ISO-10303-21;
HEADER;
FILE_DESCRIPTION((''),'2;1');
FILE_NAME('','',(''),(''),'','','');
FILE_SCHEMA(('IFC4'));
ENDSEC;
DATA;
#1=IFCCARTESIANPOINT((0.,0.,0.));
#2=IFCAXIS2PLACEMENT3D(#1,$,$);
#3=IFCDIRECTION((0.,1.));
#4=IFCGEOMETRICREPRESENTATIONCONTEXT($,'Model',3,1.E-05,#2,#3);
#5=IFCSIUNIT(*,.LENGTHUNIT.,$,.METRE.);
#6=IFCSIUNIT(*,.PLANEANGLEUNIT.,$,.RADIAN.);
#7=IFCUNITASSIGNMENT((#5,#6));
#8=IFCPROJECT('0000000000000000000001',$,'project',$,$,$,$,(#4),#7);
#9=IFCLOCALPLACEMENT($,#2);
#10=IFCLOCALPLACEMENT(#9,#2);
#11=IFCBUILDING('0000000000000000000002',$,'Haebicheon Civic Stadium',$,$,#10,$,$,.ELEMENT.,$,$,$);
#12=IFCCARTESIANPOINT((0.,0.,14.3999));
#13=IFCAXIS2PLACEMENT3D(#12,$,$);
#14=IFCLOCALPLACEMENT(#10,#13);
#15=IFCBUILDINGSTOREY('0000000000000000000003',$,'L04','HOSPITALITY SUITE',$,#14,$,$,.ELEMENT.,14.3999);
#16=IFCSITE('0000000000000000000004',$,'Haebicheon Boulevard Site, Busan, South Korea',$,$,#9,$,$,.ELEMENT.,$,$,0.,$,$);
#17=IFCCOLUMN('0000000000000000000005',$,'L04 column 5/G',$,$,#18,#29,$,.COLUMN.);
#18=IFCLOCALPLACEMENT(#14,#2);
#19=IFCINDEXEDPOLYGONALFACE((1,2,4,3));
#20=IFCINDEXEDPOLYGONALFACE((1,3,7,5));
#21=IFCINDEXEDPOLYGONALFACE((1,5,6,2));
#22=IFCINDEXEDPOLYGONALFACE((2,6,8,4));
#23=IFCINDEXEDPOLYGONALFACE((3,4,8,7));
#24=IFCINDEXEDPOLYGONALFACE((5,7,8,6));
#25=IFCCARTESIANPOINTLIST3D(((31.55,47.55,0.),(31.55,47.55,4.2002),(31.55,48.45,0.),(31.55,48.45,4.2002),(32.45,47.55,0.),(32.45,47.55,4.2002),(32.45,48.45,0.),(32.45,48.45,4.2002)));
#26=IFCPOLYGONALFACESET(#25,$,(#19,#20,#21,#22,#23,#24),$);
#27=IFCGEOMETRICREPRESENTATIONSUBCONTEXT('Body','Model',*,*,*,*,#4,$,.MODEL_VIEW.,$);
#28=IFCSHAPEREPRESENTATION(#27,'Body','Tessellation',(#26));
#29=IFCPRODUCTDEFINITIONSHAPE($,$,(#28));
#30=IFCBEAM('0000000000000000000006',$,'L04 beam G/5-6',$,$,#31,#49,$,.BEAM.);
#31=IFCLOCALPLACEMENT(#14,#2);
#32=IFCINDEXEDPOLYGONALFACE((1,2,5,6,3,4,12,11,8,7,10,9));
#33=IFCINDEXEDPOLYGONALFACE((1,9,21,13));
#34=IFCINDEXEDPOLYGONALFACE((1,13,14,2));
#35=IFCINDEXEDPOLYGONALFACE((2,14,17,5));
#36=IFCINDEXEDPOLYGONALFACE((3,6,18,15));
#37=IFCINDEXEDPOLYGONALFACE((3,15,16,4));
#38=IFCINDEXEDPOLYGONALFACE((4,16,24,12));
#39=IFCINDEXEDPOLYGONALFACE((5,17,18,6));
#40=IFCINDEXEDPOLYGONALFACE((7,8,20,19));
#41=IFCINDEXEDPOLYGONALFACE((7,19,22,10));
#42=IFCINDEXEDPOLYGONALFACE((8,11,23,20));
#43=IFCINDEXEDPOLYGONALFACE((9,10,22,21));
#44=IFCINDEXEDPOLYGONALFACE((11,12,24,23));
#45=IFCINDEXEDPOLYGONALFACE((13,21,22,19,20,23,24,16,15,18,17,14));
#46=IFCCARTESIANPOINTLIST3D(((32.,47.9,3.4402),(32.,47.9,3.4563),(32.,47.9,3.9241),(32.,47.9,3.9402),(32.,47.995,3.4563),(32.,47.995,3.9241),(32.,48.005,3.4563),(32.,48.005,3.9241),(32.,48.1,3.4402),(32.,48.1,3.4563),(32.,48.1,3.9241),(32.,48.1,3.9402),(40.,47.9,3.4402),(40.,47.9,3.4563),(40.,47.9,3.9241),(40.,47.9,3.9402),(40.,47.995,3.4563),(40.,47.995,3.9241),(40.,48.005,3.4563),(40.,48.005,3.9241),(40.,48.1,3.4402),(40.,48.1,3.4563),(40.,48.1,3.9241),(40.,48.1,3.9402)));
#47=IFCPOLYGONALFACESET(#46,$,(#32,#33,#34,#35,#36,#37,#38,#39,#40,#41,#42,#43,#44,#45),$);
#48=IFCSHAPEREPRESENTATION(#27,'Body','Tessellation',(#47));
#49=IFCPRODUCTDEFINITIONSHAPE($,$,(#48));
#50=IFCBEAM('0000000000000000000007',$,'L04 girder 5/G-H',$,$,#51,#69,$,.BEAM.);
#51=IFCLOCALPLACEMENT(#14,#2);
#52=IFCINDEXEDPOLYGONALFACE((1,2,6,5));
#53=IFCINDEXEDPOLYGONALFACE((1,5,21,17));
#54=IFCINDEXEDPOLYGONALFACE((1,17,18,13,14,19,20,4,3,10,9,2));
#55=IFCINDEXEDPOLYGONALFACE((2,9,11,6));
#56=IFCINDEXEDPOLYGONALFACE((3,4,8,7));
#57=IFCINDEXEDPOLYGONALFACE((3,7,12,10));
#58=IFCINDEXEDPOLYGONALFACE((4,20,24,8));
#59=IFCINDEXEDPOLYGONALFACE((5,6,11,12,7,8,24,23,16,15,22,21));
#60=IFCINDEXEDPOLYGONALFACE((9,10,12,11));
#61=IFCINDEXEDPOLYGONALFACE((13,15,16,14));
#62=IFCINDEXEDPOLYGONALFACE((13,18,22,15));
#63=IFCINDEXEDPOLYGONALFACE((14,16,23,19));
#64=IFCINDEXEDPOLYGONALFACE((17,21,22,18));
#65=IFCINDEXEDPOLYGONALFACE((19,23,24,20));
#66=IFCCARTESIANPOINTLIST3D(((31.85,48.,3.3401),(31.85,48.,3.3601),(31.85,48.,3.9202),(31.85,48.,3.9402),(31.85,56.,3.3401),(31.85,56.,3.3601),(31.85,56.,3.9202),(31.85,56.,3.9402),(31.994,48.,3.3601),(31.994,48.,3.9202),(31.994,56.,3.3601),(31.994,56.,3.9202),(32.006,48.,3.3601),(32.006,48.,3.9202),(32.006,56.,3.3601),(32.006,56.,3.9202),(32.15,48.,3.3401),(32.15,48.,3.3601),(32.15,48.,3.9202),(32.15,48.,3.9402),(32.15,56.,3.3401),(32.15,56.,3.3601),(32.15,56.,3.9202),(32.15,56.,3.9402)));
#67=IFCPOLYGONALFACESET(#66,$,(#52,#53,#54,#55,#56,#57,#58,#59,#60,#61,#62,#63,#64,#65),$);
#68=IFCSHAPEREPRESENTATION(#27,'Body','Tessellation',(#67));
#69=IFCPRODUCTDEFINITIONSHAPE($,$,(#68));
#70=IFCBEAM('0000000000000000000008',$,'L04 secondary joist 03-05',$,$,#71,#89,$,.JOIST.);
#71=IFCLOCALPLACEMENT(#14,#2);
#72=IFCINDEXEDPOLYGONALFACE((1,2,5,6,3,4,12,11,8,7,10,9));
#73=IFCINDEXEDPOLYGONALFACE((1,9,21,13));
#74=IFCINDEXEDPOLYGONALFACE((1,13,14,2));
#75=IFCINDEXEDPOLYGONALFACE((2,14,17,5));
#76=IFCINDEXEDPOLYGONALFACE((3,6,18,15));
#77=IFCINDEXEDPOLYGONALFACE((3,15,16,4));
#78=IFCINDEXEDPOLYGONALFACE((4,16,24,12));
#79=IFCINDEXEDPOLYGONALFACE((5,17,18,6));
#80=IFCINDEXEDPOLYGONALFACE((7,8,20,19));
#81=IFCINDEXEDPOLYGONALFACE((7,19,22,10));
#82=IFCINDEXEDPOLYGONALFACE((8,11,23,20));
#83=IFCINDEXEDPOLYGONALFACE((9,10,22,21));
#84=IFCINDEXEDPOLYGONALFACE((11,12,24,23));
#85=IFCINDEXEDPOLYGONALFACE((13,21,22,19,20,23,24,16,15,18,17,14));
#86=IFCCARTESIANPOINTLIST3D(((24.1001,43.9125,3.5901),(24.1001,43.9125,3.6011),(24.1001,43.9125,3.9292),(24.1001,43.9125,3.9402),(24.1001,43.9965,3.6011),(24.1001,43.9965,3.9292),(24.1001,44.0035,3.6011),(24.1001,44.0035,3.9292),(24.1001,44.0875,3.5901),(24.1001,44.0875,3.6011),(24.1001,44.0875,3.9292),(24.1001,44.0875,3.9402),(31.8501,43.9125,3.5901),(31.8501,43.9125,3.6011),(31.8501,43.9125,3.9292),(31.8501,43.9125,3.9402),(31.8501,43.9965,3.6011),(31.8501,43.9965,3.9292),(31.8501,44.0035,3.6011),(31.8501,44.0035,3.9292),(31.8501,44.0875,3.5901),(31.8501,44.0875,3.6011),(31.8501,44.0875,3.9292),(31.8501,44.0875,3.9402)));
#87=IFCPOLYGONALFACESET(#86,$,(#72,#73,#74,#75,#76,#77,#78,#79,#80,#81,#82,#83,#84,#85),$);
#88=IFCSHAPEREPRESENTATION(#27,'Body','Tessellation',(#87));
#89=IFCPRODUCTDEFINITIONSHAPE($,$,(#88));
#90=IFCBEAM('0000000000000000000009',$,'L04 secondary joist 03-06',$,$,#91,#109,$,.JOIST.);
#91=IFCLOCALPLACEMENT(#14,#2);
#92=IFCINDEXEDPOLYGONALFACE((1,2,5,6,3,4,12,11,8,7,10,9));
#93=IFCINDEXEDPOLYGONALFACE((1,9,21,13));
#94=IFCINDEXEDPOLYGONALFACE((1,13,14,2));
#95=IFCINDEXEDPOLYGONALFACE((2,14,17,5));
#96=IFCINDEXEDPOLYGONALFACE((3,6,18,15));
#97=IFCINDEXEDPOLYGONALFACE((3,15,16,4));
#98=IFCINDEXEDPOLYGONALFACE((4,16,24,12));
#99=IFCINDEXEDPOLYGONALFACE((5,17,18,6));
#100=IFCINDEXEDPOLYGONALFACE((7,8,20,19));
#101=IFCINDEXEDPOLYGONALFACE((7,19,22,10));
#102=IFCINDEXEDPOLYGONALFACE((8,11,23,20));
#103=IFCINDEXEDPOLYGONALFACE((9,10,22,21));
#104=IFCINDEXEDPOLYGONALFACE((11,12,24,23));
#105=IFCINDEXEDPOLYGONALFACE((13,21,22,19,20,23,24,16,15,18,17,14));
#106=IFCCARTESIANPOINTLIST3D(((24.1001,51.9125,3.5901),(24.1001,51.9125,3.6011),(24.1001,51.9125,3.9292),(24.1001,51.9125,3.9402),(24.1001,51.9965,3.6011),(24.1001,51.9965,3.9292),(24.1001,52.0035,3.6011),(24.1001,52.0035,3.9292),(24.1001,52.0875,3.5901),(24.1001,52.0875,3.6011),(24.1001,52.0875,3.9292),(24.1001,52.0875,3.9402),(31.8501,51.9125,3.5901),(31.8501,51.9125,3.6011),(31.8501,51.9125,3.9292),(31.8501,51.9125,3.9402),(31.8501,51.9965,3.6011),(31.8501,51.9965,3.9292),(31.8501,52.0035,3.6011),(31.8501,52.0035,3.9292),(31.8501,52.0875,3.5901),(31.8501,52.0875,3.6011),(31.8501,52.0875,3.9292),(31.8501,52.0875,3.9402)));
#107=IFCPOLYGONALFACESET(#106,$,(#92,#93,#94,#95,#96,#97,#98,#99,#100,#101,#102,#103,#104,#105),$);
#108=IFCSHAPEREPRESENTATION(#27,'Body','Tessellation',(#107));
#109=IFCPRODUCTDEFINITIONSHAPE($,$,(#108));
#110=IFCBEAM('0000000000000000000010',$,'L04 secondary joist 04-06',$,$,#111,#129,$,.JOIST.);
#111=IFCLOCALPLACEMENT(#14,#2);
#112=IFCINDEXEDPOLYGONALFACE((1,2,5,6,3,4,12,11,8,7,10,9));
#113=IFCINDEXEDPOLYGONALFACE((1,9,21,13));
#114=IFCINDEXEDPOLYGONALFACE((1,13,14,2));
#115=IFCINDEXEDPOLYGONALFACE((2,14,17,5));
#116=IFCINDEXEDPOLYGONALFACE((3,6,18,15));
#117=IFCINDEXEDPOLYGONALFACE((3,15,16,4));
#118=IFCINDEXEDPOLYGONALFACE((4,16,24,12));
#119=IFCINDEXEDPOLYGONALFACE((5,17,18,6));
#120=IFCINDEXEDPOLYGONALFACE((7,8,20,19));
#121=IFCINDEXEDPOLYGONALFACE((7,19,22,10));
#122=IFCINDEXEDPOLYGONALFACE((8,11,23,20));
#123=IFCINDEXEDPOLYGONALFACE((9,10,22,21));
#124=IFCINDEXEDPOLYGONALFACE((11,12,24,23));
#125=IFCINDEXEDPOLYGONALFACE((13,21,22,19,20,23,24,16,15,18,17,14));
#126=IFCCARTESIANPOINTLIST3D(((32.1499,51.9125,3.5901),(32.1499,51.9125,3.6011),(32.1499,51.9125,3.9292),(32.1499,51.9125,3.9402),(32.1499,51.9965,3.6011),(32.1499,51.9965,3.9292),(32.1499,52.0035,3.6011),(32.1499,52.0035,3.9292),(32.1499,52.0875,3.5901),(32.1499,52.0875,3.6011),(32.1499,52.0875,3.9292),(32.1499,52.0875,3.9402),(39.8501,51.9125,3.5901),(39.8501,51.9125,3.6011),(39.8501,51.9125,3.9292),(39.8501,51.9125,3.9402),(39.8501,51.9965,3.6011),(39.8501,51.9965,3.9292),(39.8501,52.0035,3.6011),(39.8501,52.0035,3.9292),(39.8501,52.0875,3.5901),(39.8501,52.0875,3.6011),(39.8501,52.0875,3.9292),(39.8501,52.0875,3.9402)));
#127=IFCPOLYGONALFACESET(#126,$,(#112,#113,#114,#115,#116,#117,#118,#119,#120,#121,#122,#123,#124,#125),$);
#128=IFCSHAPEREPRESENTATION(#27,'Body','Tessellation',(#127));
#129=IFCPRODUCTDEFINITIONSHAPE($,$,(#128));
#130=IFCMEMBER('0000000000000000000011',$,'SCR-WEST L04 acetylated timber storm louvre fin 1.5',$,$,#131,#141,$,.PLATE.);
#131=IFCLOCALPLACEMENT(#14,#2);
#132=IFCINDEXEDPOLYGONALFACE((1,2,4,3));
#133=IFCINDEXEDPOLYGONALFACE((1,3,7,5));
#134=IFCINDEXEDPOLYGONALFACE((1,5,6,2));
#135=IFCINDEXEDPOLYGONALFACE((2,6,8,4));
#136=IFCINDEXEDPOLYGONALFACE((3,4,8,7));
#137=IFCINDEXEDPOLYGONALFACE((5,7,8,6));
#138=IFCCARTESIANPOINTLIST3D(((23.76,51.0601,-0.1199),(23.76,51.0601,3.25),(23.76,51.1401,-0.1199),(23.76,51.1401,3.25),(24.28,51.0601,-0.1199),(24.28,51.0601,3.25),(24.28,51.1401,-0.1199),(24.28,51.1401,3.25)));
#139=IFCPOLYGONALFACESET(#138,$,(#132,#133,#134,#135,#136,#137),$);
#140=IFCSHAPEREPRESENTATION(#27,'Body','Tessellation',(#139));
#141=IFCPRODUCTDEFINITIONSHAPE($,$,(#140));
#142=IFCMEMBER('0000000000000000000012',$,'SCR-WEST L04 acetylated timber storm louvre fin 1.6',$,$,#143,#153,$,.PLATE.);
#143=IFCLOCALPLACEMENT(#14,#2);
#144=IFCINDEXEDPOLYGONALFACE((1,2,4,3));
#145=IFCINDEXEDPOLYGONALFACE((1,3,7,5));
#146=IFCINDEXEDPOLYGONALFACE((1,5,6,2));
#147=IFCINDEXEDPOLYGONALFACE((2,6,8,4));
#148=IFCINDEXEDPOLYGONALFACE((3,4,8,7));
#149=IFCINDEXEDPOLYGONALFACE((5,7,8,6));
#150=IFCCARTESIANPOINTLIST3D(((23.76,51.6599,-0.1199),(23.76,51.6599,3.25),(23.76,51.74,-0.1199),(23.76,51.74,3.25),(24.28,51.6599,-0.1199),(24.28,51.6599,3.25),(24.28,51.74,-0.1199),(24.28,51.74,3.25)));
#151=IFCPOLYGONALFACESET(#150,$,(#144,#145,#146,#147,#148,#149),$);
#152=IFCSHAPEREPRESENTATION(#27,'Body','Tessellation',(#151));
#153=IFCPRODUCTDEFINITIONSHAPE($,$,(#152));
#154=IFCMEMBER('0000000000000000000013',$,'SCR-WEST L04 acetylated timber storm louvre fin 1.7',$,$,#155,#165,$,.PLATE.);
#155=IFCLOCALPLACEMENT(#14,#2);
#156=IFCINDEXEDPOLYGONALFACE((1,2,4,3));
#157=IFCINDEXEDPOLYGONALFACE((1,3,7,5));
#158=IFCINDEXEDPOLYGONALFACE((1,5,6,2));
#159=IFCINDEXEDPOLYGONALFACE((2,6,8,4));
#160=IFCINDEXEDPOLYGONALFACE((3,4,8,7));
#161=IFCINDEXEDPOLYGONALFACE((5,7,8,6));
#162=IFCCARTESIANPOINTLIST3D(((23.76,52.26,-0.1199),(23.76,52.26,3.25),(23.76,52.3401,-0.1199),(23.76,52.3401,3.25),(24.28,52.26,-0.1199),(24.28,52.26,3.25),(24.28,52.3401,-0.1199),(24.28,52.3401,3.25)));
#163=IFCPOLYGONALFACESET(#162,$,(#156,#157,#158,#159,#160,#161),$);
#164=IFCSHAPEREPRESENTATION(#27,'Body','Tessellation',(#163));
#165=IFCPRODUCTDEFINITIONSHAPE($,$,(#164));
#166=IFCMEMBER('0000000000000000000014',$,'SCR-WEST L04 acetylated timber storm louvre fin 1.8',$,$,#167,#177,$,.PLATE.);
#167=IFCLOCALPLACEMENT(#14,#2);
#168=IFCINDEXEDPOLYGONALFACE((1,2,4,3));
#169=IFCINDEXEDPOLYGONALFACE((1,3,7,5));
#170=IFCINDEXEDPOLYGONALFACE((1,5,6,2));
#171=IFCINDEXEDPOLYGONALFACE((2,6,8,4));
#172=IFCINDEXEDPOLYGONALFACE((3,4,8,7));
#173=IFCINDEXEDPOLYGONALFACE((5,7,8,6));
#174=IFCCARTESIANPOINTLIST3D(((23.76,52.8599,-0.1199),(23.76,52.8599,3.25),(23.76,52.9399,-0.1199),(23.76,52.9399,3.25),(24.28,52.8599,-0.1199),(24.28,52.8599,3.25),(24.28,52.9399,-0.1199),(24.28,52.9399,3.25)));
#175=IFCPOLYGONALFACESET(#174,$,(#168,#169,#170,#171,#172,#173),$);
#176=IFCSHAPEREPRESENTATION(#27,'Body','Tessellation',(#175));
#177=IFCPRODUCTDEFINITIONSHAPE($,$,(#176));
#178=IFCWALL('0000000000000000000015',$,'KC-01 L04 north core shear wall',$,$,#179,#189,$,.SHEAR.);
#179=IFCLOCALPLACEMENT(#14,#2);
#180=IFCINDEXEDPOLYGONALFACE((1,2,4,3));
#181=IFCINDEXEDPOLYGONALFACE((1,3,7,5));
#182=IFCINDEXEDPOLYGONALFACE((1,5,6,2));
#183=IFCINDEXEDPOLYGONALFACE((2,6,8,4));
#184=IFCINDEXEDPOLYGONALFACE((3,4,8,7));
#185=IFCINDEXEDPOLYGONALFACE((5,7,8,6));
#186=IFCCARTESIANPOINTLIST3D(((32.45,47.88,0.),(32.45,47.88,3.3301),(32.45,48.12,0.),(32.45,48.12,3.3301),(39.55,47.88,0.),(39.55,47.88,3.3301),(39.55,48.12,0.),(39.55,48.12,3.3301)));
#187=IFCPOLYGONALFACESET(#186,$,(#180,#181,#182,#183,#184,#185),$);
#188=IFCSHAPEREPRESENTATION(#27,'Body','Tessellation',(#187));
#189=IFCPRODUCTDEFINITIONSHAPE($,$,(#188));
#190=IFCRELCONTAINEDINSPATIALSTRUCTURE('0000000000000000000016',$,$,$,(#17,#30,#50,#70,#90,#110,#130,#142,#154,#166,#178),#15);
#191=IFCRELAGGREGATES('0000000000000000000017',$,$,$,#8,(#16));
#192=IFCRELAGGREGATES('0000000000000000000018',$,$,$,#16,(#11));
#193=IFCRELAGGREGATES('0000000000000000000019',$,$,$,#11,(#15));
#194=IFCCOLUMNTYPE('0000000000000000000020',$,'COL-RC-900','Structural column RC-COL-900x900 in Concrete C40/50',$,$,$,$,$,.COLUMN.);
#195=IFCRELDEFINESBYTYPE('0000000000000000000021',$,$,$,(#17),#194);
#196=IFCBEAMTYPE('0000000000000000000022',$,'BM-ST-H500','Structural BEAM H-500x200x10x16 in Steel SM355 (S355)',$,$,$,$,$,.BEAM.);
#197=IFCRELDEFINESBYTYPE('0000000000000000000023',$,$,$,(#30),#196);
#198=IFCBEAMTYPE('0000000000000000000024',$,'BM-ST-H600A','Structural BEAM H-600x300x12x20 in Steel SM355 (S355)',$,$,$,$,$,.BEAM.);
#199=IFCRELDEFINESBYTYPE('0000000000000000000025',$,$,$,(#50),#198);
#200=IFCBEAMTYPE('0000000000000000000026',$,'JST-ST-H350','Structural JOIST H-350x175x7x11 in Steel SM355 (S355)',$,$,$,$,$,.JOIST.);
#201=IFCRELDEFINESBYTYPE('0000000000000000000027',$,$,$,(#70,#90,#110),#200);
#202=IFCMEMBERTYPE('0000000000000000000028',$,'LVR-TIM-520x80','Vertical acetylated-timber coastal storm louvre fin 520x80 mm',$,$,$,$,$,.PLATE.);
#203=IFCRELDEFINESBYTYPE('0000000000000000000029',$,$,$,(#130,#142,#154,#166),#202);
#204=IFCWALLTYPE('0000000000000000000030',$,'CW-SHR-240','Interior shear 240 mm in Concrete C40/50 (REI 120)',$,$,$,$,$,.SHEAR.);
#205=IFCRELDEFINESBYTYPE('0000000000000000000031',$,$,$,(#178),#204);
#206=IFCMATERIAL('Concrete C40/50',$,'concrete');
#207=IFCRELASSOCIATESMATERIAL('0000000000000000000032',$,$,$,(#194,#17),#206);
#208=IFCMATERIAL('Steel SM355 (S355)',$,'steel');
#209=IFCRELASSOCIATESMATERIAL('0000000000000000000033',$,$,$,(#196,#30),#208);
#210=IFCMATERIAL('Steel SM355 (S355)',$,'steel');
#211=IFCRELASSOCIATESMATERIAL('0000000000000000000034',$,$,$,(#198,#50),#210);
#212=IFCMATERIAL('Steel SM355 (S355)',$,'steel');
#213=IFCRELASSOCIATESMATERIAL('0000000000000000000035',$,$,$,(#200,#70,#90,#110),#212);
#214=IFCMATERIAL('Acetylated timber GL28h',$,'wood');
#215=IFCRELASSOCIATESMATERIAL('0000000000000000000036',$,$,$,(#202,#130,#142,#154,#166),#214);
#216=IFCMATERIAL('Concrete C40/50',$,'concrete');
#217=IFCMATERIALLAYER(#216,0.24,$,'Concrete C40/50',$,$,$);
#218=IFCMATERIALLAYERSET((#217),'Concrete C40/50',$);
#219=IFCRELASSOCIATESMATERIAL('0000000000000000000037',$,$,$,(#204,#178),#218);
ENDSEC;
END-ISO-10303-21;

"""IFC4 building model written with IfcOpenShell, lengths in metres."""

from ifc_helpers import new_model, si_unit, direction, frame, frame_2d, origin, origin_2d, place, context, subcontext, project, spatial, rectangle, i_section, extrude, material, layer, layer_set, material_profile, profile_set, type_object, element, save


model = new_model("IFC4")

# Units and contexts
model_context = context("Model", 3, precision=1e-05, world=origin(), true_north=direction((0.0, 1.0)))
body_context = subcontext(model_context, "Body", "Model", "MODEL_VIEW")
ifc_project = project(units=[si_unit("LENGTHUNIT", "METRE"), si_unit("PLANEANGLEUNIT", "RADIAN")], contexts=[model_context])

# Site, building, storey
site_placement = place(None, origin())
site = spatial("IfcSite", under=ifc_project, at=site_placement, Name="Haebicheon Boulevard Site, Busan, South Korea", CompositionType="ELEMENT", RefElevation=0.0)
building_placement = place(site_placement, origin())
building = spatial("IfcBuilding", under=site, at=building_placement, Name="Haebicheon Civic Stadium", CompositionType="ELEMENT")
storey_placement = place(building_placement, frame((0.0, 0.0, 14.3999)))
storey = spatial("IfcBuildingStorey", under=building, at=storey_placement, Name="L04", Description="HOSPITALITY SUITE", CompositionType="ELEMENT", Elevation=14.3999)

# Column
ifc_material_1 = material(Name="Concrete C40/50", Category="concrete")
ifc_material_profile_1 = material_profile(ifc_material_1, rectangle(XDim=0.8999, YDim=0.8999, at=origin_2d()), Name="RC-COL-900x900")
ifc_profile_set_1 = profile_set([ifc_material_profile_1], Name="Concrete C40/50")
column_type = type_object("IfcColumnType", Name="COL-RC-900", Description="Structural column RC-COL-900x900 in Concrete C40/50", PredefinedType="COLUMN", material=ifc_profile_set_1)
column_placement = place(storey_placement, frame((32.0, 48.0, 0.0), z_axis=(0.0, 0.0, 1.0), x_axis=(1.0, 0.0, 0.0)))
element("IfcColumn", 1, at=column_placement, inside=storey, type_object=column_type, material=ifc_profile_set_1, Name="L04 column 5/G", PredefinedType="COLUMN", context=body_context, shape_type="SweptSolid", body=[
    extrude(rectangle(XDim=0.8999, YDim=0.8999, at=origin_2d()), origin(), (0.0, 0.0, 1.0), 4.2002),
])

# Beams
ifc_material_2 = material(Name="Steel SM355 (S355)", Category="steel")
ifc_material_profile_2 = material_profile(ifc_material_2, i_section(OverallWidth=0.2, OverallDepth=0.5, WebThickness=0.01, FlangeThickness=0.0161, at=origin_2d()), Name="H-500x200x10x16")
ifc_profile_set_2 = profile_set([ifc_material_profile_2], Name="Steel SM355 (S355)")
beam_type_1 = type_object("IfcBeamType", Name="BM-ST-H500", Description="Structural BEAM H-500x200x10x16 in Steel SM355 (S355)", PredefinedType="BEAM", material=ifc_profile_set_2)
beam_1_placement = place(storey_placement, frame((32.0, 48.0, 3.6902), z_axis=(1.0, 0.0, 0.0), x_axis=(0.0, 1.0, 0.0)))
element("IfcBeam", 2, at=beam_1_placement, inside=storey, type_object=beam_type_1, material=ifc_profile_set_2, Name="L04 beam G/5-6", PredefinedType="BEAM", context=body_context, shape_type="SweptSolid", body=[
    extrude(i_section(OverallWidth=0.2, OverallDepth=0.5, WebThickness=0.01, FlangeThickness=0.0161, at=origin_2d()), origin(), (0.0, 0.0, 1.0), 8.0),
])
ifc_material_3 = material(Name="Steel SM355 (S355)", Category="steel")
ifc_material_profile_3 = material_profile(ifc_material_3, i_section(OverallWidth=0.3, OverallDepth=0.6001, WebThickness=0.012, FlangeThickness=0.02, at=origin_2d()), Name="H-600x300x12x20")
ifc_profile_set_3 = profile_set([ifc_material_profile_3], Name="Steel SM355 (S355)")
beam_type_2 = type_object("IfcBeamType", Name="BM-ST-H600A", Description="Structural BEAM H-600x300x12x20 in Steel SM355 (S355)", PredefinedType="BEAM", material=ifc_profile_set_3)
beam_2_placement = place(storey_placement, frame((32.0, 48.0, 3.6401), z_axis=(0.0, 1.0, 0.0), x_axis=(-1.0, 0.0, 0.0)))
element("IfcBeam", 3, at=beam_2_placement, inside=storey, type_object=beam_type_2, material=ifc_profile_set_3, Name="L04 girder 5/G-H", PredefinedType="BEAM", context=body_context, shape_type="SweptSolid", body=[
    extrude(i_section(OverallWidth=0.3, OverallDepth=0.6001, WebThickness=0.012, FlangeThickness=0.02, at=origin_2d()), origin(), (0.0, 0.0, 1.0), 8.0),
])
ifc_material_4 = material(Name="Steel SM355 (S355)", Category="steel")
ifc_material_profile_4 = material_profile(ifc_material_4, i_section(OverallWidth=0.175, OverallDepth=0.3501, WebThickness=0.0071, FlangeThickness=0.011, at=origin_2d()), Name="H-350x175x7x11")
ifc_profile_set_4 = profile_set([ifc_material_profile_4], Name="Steel SM355 (S355)")
beam_type_3 = type_object("IfcBeamType", Name="JST-ST-H350", Description="Structural JOIST H-350x175x7x11 in Steel SM355 (S355)", PredefinedType="JOIST", material=ifc_profile_set_4)
for number, where, z_axis, x_axis, name in (
    (4, (24.1001, 44.0, 3.7651), (1.0, 0.0, 0.0), (0.0, 1.0, 0.0), "L04 secondary joist 03-05"),
    (5, (24.1001, 52.0, 3.7651), (1.0, 0.0, 0.0), (0.0, 1.0, 0.0), "L04 secondary joist 03-06"),
):
    element("IfcBeam", number, at=place(storey_placement, frame(where, z_axis=z_axis, x_axis=x_axis)), inside=storey, type_object=beam_type_3, material=ifc_profile_set_4, Name=name, PredefinedType="JOIST", context=body_context, shape_type="SweptSolid", body=[
        extrude(i_section(OverallWidth=0.175, OverallDepth=0.3501, WebThickness=0.0071, FlangeThickness=0.011, at=origin_2d()), origin(), (0.0, 0.0, 1.0), 7.75),
    ])
beam_3_placement = place(storey_placement, frame((32.1499, 52.0, 3.7651), z_axis=(1.0, 0.0, 0.0), x_axis=(0.0, 1.0, 0.0)))
element("IfcBeam", 6, at=beam_3_placement, inside=storey, type_object=beam_type_3, material=ifc_profile_set_4, Name="L04 secondary joist 04-06", PredefinedType="JOIST", context=body_context, shape_type="SweptSolid", body=[
    extrude(i_section(OverallWidth=0.175, OverallDepth=0.3501, WebThickness=0.0071, FlangeThickness=0.011, at=origin_2d()), origin(), (0.0, 0.0, 1.0), 7.7002),
])

# Members
ifc_material_5 = material(Name="Acetylated timber GL28h", Category="wood")
ifc_material_profile_5 = material_profile(ifc_material_5, rectangle(XDim=0.0801, YDim=0.52, at=origin_2d()), Name="TMB-LOUV-80x520")
ifc_profile_set_5 = profile_set([ifc_material_profile_5], Name="Acetylated timber GL28h")
member_type = type_object("IfcMemberType", Name="LVR-TIM-520x80", Description="Vertical acetylated-timber coastal storm louvre fin 520x80 mm", PredefinedType="PLATE", material=ifc_profile_set_5)
for number, where, z_axis, x_axis, name in (
    (7, (24.02, 51.1001, -0.1199), (0.0, 0.0, 1.0), (0.0, 1.0, 0.0), "SCR-WEST L04 acetylated timber storm louvre fin 1.5"),
    (8, (24.02, 51.7, -0.1199), (0.0, 0.0, 1.0), (0.0, 1.0, 0.0), "SCR-WEST L04 acetylated timber storm louvre fin 1.6"),
    (9, (24.02, 52.3, -0.1199), (0.0, 0.0, 1.0), (0.0, 1.0, 0.0), "SCR-WEST L04 acetylated timber storm louvre fin 1.7"),
    (10, (24.02, 52.8999, -0.1199), (0.0, 0.0, 1.0), (0.0, 1.0, 0.0), "SCR-WEST L04 acetylated timber storm louvre fin 1.8"),
):
    element("IfcMember", number, at=place(storey_placement, frame(where, z_axis=z_axis, x_axis=x_axis)), inside=storey, type_object=member_type, material=ifc_profile_set_5, Name=name, PredefinedType="PLATE", context=body_context, shape_type="SweptSolid", body=[
        extrude(rectangle(XDim=0.0801, YDim=0.52, at=origin_2d()), origin(), (0.0, 0.0, 1.0), 3.3699),
    ])

# Wall
ifc_material_6 = material(Name="Concrete C40/50", Category="concrete")
ifc_layer_1 = layer(ifc_material_6, 0.24, Name="Concrete C40/50")
ifc_layer_set_1 = layer_set([ifc_layer_1], Name="Concrete C40/50")
wall_type_1 = type_object("IfcWallType", Name="CW-SHR-240", Description="Interior shear 240 mm in Concrete C40/50 (REI 120)", PredefinedType="SHEAR", material=ifc_layer_set_1)
wall_1_placement = place(storey_placement, frame((32.45, 48.0, 0.0), z_axis=(0.0, 0.0, 1.0), x_axis=(1.0, 0.0, 0.0)))
element("IfcWall", 11, at=wall_1_placement, inside=storey, type_object=wall_type_1, material=ifc_layer_set_1, Name="KC-01 L04 north core shear wall", PredefinedType="SHEAR", context=body_context, shape_type="SweptSolid", body=[
    extrude(rectangle(XDim=7.1001, YDim=0.24, at=frame_2d((3.55, 0.0))), origin(), (0.0, 0.0, 1.0), 3.3301),
])

save(model, "model.ifc")
